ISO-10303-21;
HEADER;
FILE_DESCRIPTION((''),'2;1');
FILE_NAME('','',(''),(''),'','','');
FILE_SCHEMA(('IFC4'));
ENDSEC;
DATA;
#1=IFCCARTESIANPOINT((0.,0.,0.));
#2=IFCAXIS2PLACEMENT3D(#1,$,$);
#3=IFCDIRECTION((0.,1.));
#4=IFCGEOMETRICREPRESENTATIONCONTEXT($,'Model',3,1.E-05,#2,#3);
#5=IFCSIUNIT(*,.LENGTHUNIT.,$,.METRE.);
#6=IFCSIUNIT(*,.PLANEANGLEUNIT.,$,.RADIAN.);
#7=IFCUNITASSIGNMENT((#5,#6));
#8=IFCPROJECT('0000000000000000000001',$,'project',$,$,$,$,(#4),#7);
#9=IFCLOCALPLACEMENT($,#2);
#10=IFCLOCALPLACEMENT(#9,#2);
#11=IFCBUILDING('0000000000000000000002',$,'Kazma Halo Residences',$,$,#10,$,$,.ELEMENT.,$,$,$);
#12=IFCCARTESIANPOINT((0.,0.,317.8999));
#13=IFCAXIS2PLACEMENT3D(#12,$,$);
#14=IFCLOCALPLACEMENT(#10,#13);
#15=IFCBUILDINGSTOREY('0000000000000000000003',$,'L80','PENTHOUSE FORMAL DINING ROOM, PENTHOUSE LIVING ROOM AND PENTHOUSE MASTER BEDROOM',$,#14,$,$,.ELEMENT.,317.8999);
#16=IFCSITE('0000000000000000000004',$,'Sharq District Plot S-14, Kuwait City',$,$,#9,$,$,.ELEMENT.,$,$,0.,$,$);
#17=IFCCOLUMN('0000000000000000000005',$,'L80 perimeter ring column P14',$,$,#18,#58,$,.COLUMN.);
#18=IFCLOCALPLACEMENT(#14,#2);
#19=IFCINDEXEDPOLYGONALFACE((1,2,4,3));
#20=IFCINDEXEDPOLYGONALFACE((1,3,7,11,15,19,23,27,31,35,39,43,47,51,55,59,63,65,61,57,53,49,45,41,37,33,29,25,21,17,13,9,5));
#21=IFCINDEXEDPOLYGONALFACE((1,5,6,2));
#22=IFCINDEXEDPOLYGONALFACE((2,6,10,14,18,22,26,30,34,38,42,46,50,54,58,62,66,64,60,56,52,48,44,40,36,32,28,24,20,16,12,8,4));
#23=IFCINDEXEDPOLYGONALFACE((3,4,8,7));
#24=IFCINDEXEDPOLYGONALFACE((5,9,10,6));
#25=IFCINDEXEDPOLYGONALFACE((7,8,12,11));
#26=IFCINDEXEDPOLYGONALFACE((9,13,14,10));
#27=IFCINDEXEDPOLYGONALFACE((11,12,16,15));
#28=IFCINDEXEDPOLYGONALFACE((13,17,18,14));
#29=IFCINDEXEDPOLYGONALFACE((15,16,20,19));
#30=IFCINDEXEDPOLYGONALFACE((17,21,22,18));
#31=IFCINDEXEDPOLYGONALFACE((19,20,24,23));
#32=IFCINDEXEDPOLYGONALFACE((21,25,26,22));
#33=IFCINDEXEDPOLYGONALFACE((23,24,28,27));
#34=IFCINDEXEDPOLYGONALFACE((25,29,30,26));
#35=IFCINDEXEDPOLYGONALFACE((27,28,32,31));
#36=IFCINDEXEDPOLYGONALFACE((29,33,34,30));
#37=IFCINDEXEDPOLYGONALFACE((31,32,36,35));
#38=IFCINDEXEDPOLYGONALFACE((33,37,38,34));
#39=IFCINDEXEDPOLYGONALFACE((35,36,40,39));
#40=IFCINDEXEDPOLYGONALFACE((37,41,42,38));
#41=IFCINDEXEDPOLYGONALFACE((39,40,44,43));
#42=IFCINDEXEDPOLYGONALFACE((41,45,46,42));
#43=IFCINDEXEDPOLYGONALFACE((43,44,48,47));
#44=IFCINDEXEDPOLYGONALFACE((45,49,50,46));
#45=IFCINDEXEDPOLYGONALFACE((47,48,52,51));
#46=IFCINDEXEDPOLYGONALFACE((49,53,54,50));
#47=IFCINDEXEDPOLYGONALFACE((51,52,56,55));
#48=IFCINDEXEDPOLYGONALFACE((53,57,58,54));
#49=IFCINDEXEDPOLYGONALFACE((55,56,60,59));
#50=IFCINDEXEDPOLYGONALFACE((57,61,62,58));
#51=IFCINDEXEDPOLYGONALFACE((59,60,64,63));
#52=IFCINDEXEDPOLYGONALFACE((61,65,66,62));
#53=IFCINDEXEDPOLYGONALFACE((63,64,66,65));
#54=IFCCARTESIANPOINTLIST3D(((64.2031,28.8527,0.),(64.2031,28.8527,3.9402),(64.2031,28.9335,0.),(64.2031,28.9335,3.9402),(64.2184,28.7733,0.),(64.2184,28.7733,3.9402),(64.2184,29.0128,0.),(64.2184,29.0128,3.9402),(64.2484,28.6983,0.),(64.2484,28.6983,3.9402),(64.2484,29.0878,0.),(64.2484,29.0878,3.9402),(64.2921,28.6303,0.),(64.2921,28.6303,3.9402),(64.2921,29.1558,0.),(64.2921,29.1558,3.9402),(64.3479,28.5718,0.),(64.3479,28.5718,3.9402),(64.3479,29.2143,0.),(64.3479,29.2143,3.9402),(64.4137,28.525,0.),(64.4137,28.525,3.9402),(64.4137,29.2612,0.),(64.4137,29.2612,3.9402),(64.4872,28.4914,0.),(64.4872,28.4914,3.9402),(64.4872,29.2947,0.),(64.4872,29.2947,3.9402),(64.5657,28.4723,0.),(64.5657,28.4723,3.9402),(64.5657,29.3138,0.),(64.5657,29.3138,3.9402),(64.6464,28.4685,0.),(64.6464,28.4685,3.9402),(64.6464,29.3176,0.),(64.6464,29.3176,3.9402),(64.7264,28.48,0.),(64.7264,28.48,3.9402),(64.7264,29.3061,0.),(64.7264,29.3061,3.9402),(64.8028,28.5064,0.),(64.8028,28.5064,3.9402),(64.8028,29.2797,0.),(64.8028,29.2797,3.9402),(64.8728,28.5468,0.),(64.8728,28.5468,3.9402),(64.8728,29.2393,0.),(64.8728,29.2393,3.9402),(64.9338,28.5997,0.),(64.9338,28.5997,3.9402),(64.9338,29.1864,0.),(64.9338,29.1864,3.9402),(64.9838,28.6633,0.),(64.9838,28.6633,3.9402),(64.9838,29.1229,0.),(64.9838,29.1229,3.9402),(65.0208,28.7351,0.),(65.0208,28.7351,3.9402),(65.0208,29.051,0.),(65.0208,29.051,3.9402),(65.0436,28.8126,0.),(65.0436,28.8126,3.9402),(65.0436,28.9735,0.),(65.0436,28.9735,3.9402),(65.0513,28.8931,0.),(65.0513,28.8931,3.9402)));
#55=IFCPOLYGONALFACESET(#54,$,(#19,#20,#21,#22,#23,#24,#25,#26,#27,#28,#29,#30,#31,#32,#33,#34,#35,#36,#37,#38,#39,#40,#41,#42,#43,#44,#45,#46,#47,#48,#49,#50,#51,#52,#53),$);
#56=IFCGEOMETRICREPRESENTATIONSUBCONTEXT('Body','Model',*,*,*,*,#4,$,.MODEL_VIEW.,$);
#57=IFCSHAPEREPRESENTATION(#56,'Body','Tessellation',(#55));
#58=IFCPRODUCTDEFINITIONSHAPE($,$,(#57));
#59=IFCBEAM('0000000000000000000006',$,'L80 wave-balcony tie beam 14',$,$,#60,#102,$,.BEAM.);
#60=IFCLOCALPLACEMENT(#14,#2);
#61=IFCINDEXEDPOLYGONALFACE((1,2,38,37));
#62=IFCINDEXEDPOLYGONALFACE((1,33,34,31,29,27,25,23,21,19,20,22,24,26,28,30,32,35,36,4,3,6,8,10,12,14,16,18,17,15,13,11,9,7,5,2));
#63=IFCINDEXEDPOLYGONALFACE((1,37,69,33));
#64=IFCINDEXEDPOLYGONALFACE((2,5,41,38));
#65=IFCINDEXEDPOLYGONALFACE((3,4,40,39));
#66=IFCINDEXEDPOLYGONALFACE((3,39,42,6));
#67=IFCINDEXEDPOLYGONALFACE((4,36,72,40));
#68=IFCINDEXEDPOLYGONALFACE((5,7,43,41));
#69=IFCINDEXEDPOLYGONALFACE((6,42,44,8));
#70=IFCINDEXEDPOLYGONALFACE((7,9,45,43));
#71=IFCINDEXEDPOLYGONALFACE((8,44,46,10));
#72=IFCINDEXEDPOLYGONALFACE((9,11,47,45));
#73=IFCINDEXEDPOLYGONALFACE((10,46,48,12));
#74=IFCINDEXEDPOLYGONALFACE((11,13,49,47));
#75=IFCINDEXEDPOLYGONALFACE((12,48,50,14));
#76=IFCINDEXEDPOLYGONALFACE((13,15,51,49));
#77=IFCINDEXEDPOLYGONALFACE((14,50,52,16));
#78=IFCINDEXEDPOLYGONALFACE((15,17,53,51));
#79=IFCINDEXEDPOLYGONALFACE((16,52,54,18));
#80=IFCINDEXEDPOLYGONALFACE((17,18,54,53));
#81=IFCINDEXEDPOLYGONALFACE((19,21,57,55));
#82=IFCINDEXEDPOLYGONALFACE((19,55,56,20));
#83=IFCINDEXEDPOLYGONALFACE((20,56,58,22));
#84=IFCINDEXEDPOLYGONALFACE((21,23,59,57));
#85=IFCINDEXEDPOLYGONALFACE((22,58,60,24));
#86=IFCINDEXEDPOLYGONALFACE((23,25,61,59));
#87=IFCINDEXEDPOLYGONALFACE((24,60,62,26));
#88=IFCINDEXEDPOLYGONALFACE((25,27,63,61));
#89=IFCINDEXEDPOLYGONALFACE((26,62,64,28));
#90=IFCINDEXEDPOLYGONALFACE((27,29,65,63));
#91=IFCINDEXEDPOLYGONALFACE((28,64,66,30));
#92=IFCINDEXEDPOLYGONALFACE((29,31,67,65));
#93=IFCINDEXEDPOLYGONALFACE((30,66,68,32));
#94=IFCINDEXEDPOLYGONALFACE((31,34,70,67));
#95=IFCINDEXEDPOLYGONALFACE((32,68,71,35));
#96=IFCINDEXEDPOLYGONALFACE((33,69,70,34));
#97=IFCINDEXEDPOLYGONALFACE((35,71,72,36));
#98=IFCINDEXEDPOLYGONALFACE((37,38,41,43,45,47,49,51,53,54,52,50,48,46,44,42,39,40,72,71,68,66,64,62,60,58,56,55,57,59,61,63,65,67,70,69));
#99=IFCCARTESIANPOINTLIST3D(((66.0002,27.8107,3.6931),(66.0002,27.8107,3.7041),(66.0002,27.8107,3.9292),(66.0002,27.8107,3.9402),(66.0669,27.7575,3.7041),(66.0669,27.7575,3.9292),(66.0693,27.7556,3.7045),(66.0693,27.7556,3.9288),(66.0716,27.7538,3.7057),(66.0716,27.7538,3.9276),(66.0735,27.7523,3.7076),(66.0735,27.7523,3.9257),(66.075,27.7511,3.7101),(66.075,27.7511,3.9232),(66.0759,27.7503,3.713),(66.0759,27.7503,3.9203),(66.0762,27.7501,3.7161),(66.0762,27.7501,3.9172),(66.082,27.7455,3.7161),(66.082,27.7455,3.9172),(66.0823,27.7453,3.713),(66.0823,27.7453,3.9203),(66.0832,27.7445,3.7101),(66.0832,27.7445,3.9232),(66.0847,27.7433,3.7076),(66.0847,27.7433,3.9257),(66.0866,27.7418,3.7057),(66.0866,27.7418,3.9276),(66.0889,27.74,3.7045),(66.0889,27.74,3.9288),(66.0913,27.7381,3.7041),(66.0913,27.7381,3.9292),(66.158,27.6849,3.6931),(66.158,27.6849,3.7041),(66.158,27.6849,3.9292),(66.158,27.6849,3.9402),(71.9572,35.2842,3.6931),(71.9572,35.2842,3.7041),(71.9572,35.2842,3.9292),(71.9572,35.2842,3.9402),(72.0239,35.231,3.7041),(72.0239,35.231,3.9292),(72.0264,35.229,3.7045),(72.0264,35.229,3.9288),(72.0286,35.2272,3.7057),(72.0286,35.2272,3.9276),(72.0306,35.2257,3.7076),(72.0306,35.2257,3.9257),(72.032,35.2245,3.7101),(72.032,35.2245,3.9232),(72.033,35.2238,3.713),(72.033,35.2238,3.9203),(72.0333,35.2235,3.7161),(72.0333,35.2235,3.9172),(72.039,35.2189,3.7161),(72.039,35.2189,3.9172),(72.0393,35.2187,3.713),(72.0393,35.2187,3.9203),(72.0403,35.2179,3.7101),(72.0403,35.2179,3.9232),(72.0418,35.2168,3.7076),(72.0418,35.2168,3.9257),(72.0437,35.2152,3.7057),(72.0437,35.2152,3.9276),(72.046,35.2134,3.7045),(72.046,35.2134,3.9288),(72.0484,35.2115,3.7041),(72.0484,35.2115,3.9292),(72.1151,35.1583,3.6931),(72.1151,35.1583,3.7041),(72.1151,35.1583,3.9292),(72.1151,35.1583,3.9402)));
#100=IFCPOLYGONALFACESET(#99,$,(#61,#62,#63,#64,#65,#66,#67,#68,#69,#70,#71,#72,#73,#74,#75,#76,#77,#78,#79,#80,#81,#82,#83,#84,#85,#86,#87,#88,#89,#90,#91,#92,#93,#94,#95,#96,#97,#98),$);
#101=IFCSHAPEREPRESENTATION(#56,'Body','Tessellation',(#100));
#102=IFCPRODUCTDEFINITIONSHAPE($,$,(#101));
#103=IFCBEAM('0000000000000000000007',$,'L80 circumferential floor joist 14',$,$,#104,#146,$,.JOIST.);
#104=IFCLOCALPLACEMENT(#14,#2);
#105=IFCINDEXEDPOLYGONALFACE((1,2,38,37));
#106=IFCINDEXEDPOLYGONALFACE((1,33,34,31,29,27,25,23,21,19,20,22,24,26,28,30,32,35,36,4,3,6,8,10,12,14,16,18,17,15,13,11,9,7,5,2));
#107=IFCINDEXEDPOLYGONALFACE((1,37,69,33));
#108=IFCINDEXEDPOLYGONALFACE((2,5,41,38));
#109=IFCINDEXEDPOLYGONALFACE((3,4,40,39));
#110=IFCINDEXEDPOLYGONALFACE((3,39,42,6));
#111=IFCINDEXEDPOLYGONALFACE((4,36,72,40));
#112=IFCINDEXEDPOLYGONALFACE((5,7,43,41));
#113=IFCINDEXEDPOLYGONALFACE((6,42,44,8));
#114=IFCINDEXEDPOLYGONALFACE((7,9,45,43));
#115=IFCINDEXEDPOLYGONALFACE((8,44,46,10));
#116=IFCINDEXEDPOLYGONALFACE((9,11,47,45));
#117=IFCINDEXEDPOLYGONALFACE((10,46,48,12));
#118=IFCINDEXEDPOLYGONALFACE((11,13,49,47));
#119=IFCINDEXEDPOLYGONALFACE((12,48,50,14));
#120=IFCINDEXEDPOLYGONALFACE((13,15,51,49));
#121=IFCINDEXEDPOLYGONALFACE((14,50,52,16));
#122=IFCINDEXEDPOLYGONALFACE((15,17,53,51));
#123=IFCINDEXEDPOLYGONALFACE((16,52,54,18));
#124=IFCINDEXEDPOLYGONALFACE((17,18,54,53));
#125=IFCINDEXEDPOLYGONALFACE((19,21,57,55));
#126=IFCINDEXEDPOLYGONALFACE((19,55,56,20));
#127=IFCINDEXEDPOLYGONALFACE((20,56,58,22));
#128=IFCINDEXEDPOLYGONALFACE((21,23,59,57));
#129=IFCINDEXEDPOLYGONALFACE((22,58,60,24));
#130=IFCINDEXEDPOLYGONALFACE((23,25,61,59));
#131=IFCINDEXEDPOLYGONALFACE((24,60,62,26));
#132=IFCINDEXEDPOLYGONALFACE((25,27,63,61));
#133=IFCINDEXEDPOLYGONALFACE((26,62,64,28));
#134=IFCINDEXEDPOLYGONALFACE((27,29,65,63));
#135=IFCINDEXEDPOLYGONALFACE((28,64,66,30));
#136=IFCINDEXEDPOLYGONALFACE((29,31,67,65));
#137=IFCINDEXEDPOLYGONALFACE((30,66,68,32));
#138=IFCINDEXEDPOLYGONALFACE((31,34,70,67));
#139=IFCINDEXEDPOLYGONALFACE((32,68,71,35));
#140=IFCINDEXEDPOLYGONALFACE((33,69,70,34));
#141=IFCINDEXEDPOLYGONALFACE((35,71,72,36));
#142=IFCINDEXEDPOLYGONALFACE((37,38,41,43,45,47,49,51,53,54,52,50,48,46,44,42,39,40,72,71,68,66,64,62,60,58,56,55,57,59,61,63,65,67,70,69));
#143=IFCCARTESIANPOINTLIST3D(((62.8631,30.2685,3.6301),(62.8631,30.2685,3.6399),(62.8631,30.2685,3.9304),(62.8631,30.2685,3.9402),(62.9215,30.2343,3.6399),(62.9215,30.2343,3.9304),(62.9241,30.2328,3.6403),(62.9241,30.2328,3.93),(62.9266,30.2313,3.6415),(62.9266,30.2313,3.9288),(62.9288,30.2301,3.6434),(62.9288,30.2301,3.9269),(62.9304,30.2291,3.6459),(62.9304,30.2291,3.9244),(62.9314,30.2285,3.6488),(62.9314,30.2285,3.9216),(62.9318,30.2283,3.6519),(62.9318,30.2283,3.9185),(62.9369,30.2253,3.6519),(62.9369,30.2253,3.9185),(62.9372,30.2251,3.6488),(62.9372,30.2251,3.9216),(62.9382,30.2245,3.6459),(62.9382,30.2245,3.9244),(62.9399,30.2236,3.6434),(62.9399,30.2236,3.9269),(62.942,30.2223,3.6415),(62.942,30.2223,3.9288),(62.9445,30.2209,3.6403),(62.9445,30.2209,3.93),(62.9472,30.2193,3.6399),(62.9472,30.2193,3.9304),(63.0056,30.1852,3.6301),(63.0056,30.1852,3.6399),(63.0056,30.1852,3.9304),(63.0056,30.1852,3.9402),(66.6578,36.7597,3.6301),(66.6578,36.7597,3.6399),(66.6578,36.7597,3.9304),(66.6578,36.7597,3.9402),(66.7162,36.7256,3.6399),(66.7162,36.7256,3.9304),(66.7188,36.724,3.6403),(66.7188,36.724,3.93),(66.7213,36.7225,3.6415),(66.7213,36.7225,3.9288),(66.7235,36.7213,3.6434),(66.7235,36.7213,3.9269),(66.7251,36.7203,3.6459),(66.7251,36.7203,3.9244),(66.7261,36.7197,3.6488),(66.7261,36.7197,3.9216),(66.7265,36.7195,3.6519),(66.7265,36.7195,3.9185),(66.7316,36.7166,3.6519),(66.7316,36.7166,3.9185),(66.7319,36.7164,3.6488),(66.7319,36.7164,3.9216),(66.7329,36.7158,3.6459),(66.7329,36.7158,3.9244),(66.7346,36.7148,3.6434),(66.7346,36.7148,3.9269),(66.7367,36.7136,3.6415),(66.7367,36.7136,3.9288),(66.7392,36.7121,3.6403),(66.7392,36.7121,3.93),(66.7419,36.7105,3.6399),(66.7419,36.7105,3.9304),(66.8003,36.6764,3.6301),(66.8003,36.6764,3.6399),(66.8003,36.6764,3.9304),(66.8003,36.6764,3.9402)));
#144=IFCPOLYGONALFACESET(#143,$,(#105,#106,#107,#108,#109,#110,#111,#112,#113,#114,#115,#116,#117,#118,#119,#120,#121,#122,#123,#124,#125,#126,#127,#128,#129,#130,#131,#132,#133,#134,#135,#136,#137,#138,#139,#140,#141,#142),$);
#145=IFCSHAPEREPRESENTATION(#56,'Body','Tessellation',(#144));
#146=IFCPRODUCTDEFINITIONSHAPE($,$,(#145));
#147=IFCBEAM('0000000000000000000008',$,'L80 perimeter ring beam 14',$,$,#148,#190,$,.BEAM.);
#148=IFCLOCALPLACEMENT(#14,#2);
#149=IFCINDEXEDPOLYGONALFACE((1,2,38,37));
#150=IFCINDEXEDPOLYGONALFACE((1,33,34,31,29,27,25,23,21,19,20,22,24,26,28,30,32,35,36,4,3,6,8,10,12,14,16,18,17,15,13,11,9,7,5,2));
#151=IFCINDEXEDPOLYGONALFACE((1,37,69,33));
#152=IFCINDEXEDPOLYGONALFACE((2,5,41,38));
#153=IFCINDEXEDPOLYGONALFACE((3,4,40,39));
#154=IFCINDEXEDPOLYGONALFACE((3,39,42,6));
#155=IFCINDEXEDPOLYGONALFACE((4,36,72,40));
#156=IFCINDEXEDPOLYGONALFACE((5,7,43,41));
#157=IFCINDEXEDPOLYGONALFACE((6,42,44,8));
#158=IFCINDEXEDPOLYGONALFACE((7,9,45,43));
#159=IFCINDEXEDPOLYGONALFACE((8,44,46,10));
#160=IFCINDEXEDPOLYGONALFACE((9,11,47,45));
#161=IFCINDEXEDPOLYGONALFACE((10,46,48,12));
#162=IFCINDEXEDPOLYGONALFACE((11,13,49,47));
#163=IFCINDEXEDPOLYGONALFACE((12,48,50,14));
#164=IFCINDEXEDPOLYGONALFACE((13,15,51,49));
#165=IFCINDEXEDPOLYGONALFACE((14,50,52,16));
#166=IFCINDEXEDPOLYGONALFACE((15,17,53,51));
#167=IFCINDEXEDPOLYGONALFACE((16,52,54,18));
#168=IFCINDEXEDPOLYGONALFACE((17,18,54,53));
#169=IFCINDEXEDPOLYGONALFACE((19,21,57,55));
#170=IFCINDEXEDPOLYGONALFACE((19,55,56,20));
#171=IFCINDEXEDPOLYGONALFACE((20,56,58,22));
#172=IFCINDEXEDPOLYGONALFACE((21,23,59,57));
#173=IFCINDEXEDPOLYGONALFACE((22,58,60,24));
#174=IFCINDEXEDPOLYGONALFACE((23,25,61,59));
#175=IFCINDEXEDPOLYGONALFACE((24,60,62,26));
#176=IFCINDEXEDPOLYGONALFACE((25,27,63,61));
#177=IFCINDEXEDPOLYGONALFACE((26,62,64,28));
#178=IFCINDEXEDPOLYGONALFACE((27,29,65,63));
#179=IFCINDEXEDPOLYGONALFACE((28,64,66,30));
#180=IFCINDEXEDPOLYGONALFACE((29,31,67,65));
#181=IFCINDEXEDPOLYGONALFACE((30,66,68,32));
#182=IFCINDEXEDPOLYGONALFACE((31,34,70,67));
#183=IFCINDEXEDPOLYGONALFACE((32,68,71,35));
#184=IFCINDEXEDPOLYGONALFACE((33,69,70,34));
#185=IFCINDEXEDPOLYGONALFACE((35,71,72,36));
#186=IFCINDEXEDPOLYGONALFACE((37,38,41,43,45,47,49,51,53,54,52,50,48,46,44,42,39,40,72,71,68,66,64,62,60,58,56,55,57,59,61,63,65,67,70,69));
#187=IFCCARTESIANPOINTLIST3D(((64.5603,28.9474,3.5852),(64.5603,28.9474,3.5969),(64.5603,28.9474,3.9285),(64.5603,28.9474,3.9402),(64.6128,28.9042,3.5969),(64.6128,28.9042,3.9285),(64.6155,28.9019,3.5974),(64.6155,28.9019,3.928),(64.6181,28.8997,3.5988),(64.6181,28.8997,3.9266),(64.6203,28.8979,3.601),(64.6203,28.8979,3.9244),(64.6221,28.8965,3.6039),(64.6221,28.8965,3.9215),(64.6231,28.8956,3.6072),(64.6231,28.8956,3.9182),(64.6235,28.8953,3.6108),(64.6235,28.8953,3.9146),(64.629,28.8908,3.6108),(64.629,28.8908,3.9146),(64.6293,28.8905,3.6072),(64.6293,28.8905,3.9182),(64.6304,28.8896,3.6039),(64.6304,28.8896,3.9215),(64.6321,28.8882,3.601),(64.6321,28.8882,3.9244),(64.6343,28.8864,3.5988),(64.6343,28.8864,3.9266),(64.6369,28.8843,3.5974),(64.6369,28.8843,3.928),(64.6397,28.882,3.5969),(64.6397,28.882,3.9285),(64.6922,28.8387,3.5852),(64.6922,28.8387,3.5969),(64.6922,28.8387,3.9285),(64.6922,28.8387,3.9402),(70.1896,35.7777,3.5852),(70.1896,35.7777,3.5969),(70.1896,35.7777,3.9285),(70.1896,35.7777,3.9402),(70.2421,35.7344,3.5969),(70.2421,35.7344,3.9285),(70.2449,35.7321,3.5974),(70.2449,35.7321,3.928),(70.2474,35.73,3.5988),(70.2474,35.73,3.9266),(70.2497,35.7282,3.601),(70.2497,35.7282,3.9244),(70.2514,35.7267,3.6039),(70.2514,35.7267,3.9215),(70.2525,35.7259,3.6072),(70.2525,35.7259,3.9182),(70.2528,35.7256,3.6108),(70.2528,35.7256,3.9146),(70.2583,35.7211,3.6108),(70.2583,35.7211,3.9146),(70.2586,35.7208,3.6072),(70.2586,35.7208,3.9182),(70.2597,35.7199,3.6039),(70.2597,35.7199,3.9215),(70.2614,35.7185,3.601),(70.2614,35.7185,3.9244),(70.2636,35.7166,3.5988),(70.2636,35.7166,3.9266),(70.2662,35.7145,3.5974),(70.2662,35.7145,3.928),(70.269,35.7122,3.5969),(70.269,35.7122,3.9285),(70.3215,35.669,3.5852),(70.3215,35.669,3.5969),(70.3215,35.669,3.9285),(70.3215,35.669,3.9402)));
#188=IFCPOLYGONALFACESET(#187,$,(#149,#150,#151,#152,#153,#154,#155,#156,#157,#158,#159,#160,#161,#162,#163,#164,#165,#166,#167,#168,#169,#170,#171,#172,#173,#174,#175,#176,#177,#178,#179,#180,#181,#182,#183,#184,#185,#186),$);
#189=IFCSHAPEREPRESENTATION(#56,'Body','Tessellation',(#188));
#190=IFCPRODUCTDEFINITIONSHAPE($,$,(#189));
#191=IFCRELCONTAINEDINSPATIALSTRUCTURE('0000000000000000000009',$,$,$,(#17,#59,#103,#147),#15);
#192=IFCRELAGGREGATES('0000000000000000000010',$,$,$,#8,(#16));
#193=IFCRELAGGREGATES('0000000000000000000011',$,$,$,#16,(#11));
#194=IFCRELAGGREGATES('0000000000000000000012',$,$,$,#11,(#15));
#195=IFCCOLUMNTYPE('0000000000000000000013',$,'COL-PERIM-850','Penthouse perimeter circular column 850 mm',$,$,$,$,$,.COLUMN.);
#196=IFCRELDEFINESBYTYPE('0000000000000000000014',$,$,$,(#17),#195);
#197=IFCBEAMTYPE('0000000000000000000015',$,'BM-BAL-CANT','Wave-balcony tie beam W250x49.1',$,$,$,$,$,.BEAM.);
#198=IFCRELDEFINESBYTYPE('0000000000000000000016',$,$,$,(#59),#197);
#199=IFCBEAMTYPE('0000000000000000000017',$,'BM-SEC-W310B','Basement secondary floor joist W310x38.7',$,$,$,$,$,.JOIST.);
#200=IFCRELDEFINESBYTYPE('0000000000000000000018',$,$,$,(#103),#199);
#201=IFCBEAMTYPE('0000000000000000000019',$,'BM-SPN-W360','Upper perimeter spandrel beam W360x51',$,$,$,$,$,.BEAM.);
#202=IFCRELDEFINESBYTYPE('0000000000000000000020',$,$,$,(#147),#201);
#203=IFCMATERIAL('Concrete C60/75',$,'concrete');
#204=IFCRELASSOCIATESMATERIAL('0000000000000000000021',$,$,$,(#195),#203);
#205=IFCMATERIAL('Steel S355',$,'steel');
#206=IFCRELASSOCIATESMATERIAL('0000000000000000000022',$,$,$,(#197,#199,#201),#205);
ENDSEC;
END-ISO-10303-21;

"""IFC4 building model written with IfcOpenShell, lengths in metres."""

from ifc_helpers import new_model, si_unit, direction, frame, origin, origin_2d, place, context, subcontext, project, spatial, circle, i_section, extrude, material, material_profile, profile_set, type_object, element, save


model = new_model("IFC4")

# Units and contexts
model_context = context("Model", 3, precision=1e-05, world=origin(), true_north=direction((0.0, 1.0)))
body_context = subcontext(model_context, "Body", "Model", "MODEL_VIEW")
ifc_project = project(units=[si_unit("LENGTHUNIT", "METRE"), si_unit("PLANEANGLEUNIT", "RADIAN")], contexts=[model_context])

# Site, building, storey
site_placement = place(None, origin())
site = spatial("IfcSite", under=ifc_project, at=site_placement, Name="Sharq District Plot S-14, Kuwait City", CompositionType="ELEMENT", RefElevation=0.0)
building_placement = place(site_placement, origin())
building = spatial("IfcBuilding", under=site, at=building_placement, Name="Kazma Halo Residences", CompositionType="ELEMENT")
storey_placement = place(building_placement, frame((0.0, 0.0, 317.8999)))
storey = spatial("IfcBuildingStorey", under=building, at=storey_placement, Name="L80", Description="PENTHOUSE FORMAL DINING ROOM, PENTHOUSE LIVING ROOM AND PENTHOUSE MASTER BEDROOM", CompositionType="ELEMENT", Elevation=317.8999)

# Column
ifc_material_1 = material(Name="Concrete C60/75", Category="concrete")
ifc_material_profile_1 = material_profile(ifc_material_1, circle(Radius=0.425, at=origin_2d()), Name="CIRC850")
ifc_profile_set_1 = profile_set([ifc_material_profile_1], Name="Concrete C60/75")
column_type = type_object("IfcColumnType", Name="COL-PERIM-850", Description="Penthouse perimeter circular column 850 mm", PredefinedType="COLUMN", material=ifc_profile_set_1)
column_placement = place(storey_placement, frame((64.6262, 28.8931, 0.0), z_axis=(0.0, 0.0, 1.0), x_axis=(1.0, 0.0, 0.0)))
element("IfcColumn", 1, at=column_placement, inside=storey, type_object=column_type, Name="L80 perimeter ring column P14", PredefinedType="COLUMN", context=body_context, shape_type="SweptSolid", body=[
    extrude(circle(Radius=0.425, at=origin_2d()), origin(), (0.0, 0.0, 1.0), 3.9402),
])

# Beams
ifc_material_2 = material(Name="Steel S355", Category="steel")
ifc_material_profile_2 = material_profile(ifc_material_2, i_section(OverallWidth=0.2019, OverallDepth=0.2471, WebThickness=0.0073, FlangeThickness=0.011, FilletRadius=0.012, at=origin_2d()), Name="W250x49.1")
ifc_profile_set_2 = profile_set([ifc_material_profile_2], Name="Steel S355")
beam_type_1 = type_object("IfcBeamType", Name="BM-BAL-CANT", Description="Wave-balcony tie beam W250x49.1", PredefinedType="BEAM", material=ifc_profile_set_2)
beam_1_placement = place(storey_placement, frame((66.0791, 27.7478, 3.8167), z_axis=(0.623311, 0.781974, 0.0), x_axis=(-0.781974, 0.623311, 0.0)))
element("IfcBeam", 2, at=beam_1_placement, inside=storey, type_object=beam_type_1, Name="L80 wave-balcony tie beam 14", PredefinedType="BEAM", context=body_context, shape_type="SweptSolid", body=[
    extrude(i_section(OverallWidth=0.2019, OverallDepth=0.2471, WebThickness=0.0073, FlangeThickness=0.011, FilletRadius=0.012, at=origin_2d()), origin(), (0.0, 0.0, 1.0), 9.5571),
])
ifc_material_profile_3 = material_profile(ifc_material_2, i_section(OverallWidth=0.165, OverallDepth=0.3101, WebThickness=0.0059, FlangeThickness=0.0098, FilletRadius=0.012, at=origin_2d()), Name="W310x38.7")
ifc_profile_set_3 = profile_set([ifc_material_profile_3], Name="Steel S355")
beam_type_2 = type_object("IfcBeamType", Name="BM-SEC-W310B", Description="Basement secondary floor joist W310x38.7", PredefinedType="JOIST", material=ifc_profile_set_3)
beam_2_placement = place(storey_placement, frame((62.9343, 30.2268, 3.7852), z_axis=(0.504678, 0.863307, 0.0), x_axis=(-0.863307, 0.504678, 0.0)))
element("IfcBeam", 3, at=beam_2_placement, inside=storey, type_object=beam_type_2, Name="L80 circumferential floor joist 14", PredefinedType="JOIST", context=body_context, shape_type="SweptSolid", body=[
    extrude(i_section(OverallWidth=0.165, OverallDepth=0.3101, WebThickness=0.0059, FlangeThickness=0.0098, FilletRadius=0.012, at=origin_2d()), origin(), (0.0, 0.0, 1.0), 7.519),
])
ifc_material_profile_4 = material_profile(ifc_material_2, i_section(OverallWidth=0.1709, OverallDepth=0.355, WebThickness=0.0071, FlangeThickness=0.0117, FilletRadius=0.0139, at=origin_2d()), Name="W360x51")
ifc_profile_set_4 = profile_set([ifc_material_profile_4], Name="Steel S355")
beam_type_3 = type_object("IfcBeamType", Name="BM-SPN-W360", Description="Upper perimeter spandrel beam W360x51", PredefinedType="BEAM", material=ifc_profile_set_4)
beam_3_placement = place(storey_placement, frame((64.6262, 28.8931, 3.7627), z_axis=(0.636005, 0.771685, 0.0), x_axis=(-0.771685, 0.636005, 0.0)))
element("IfcBeam", 4, at=beam_3_placement, inside=storey, type_object=beam_type_3, Name="L80 perimeter ring beam 14", PredefinedType="BEAM", context=body_context, shape_type="SweptSolid", body=[
    extrude(i_section(OverallWidth=0.1709, OverallDepth=0.355, WebThickness=0.0071, FlangeThickness=0.0117, FilletRadius=0.0139, at=origin_2d()), origin(), (0.0, 0.0, 1.0), 8.8511),
])

save(model, "model.ifc")
